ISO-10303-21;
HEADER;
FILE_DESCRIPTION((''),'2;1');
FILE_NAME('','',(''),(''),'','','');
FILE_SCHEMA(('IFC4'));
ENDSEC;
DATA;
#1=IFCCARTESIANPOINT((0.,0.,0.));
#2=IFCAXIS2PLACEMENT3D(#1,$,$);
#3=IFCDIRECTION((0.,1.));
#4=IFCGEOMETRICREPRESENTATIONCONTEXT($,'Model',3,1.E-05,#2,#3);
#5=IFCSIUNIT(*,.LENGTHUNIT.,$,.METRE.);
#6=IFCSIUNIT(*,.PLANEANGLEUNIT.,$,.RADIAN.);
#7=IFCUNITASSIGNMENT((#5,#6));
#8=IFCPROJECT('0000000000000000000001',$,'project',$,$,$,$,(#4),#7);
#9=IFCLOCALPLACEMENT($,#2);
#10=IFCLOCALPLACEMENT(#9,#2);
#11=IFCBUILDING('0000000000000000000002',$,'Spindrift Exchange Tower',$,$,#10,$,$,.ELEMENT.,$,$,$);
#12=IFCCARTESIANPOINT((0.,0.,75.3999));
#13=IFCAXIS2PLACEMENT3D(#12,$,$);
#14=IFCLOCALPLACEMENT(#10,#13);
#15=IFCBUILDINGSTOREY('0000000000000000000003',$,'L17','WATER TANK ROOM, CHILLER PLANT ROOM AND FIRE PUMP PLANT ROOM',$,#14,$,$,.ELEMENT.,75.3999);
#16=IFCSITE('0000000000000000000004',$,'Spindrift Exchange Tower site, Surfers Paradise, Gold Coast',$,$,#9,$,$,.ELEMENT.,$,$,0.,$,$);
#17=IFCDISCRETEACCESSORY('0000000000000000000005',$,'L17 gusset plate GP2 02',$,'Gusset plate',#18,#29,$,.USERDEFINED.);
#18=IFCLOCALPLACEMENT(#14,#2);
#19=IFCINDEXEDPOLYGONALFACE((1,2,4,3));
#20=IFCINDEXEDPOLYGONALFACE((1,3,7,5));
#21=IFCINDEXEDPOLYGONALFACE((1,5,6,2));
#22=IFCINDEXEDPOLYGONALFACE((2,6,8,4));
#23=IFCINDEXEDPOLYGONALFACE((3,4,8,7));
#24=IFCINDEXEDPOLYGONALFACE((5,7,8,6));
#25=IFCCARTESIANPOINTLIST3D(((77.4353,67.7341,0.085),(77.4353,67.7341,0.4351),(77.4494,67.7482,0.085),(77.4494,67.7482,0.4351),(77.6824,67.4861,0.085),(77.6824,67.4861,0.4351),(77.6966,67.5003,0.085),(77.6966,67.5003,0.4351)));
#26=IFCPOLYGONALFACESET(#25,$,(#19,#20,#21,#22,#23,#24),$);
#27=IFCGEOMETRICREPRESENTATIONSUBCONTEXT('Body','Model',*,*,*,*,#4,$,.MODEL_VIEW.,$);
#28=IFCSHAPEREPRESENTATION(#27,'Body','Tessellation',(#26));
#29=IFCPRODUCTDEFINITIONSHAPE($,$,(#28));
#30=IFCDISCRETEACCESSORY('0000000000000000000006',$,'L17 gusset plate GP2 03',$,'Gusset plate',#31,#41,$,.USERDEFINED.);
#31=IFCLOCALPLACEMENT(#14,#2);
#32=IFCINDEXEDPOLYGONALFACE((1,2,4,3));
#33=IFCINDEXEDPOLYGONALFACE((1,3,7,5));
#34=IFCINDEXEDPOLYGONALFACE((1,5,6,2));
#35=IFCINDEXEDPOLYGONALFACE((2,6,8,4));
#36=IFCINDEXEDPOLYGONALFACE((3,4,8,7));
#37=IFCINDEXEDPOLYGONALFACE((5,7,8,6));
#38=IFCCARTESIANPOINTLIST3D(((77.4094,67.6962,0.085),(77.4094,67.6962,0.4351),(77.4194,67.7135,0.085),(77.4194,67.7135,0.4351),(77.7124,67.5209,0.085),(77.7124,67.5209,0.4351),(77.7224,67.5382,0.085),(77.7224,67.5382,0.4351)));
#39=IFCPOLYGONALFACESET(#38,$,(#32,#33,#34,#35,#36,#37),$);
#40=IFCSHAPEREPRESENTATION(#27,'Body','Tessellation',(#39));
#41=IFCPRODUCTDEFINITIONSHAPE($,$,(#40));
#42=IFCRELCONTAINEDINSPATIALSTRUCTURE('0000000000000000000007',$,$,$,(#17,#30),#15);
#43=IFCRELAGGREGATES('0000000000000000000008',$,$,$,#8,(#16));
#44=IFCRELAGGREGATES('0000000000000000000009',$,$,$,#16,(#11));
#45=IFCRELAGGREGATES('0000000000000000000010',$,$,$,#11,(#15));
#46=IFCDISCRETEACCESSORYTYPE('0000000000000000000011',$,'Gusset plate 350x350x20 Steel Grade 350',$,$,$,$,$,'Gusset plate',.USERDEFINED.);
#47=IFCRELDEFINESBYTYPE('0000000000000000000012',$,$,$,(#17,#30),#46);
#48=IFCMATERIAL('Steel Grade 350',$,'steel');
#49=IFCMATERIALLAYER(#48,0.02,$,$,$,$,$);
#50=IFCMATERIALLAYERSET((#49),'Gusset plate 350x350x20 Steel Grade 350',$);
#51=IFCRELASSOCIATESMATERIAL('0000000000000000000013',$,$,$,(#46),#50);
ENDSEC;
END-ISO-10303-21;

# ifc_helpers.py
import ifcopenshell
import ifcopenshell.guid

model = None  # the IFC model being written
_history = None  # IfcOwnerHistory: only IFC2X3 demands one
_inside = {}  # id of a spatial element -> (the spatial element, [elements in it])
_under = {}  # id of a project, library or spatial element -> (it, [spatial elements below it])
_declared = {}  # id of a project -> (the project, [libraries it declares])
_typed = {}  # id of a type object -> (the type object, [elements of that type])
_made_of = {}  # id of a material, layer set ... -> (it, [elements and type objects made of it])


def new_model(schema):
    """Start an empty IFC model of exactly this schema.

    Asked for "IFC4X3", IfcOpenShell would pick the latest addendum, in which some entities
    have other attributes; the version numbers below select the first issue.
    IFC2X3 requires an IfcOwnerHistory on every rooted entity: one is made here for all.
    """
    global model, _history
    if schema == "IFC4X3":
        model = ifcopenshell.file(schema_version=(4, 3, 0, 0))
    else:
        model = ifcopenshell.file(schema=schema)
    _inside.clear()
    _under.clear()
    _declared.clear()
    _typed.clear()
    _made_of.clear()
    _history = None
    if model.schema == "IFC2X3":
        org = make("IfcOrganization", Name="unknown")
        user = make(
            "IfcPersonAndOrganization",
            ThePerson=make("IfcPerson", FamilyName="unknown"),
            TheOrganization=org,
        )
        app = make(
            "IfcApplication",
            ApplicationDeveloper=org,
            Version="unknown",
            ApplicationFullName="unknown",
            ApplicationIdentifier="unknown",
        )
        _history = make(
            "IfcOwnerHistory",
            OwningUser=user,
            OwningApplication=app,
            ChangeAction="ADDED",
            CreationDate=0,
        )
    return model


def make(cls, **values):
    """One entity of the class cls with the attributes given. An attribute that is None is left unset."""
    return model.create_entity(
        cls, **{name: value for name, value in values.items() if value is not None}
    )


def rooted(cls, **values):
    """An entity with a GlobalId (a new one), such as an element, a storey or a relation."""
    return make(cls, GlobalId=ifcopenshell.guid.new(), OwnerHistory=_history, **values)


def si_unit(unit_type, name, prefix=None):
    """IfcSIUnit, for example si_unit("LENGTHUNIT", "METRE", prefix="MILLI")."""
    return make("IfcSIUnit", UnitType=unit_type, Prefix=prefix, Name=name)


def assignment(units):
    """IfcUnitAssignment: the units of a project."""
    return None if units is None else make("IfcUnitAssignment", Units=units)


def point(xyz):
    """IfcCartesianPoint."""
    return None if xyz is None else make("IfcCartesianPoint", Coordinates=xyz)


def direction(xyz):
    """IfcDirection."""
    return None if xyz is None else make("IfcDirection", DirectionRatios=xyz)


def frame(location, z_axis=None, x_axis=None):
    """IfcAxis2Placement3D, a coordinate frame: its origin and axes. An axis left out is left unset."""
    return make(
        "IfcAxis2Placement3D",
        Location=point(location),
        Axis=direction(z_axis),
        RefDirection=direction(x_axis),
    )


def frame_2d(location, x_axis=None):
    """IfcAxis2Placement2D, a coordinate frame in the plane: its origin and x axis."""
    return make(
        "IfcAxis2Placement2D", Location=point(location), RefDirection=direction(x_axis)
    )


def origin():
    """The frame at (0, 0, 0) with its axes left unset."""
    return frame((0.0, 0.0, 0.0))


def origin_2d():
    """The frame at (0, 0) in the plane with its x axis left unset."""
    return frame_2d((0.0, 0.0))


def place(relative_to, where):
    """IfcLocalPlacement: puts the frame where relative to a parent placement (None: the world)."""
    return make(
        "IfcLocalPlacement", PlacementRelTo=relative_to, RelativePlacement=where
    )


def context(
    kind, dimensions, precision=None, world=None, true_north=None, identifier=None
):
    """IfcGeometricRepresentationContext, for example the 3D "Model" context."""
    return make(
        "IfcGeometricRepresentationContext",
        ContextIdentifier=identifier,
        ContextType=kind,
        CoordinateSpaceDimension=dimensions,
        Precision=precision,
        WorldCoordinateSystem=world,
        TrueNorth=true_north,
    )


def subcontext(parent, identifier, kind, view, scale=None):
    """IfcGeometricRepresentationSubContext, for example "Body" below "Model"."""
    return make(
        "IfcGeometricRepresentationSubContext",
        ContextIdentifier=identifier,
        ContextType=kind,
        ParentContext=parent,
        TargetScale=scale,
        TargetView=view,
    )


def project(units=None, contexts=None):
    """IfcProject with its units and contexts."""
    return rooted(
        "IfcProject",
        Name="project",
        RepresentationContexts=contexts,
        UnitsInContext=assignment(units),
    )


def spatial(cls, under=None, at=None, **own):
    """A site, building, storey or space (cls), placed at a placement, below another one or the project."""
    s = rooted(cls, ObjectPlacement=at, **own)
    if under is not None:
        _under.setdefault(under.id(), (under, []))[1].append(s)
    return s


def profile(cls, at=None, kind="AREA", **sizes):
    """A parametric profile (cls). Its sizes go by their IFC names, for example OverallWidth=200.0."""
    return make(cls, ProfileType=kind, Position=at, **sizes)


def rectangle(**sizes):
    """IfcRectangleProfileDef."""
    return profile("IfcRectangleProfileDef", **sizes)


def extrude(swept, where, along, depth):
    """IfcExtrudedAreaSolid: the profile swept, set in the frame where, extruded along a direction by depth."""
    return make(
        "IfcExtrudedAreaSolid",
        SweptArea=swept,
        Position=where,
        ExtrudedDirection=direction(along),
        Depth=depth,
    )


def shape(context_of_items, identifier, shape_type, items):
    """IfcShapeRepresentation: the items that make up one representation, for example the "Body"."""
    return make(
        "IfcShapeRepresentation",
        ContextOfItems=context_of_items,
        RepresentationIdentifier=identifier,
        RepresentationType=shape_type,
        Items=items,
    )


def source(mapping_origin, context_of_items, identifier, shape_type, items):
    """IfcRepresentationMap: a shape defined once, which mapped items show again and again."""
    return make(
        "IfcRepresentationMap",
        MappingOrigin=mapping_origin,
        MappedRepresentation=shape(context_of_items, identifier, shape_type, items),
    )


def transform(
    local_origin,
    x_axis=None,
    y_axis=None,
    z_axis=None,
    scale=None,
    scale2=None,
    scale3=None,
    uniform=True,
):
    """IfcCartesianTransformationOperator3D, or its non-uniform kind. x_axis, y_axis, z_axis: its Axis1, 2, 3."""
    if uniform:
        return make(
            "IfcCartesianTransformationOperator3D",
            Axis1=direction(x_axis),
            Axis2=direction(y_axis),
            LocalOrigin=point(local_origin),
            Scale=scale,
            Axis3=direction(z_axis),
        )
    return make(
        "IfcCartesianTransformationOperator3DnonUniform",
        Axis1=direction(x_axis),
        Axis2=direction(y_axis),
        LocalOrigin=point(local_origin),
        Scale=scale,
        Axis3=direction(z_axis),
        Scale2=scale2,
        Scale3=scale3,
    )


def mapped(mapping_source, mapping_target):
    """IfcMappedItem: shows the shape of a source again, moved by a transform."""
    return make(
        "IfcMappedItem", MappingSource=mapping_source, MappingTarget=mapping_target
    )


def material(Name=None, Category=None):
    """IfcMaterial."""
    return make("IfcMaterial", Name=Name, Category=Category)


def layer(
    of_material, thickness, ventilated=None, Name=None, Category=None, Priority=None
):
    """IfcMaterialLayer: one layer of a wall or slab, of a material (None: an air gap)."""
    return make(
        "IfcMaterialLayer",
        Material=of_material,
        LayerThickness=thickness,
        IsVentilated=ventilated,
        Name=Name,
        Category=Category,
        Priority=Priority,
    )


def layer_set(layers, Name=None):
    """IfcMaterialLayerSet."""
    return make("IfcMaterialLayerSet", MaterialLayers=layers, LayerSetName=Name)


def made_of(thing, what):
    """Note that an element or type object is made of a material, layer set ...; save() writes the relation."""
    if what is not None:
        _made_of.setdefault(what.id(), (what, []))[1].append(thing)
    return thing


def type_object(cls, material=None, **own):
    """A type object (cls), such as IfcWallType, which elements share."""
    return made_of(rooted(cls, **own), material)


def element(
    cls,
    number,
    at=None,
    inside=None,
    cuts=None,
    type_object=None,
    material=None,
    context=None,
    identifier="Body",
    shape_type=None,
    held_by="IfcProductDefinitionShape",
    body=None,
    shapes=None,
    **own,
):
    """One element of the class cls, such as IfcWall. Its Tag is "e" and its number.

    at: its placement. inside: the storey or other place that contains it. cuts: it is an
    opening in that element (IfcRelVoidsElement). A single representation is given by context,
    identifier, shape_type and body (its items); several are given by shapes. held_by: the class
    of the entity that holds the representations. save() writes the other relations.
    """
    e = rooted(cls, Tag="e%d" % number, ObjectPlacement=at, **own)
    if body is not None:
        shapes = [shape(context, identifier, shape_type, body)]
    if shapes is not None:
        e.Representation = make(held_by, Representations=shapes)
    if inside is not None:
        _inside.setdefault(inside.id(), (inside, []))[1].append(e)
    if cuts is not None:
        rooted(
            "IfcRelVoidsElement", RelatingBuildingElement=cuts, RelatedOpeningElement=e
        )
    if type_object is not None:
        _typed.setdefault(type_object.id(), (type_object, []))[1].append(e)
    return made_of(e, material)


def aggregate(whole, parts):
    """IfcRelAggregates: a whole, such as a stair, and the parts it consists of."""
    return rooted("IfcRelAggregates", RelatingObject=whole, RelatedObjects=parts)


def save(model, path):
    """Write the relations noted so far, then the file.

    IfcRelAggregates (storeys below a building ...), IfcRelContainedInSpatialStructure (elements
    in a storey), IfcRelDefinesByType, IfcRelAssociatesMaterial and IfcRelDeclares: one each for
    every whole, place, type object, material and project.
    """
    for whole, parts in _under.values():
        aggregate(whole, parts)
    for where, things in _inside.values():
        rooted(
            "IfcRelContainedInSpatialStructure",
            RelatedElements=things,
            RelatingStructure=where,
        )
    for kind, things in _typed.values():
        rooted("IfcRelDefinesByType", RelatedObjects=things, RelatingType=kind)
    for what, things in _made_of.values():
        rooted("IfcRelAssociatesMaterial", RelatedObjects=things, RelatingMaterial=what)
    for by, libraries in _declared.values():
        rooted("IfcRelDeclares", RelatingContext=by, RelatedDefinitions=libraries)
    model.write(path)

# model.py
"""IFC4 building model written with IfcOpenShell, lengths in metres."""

from ifc_helpers import new_model, si_unit, direction, frame, origin, origin_2d, place, context, subcontext, project, spatial, rectangle, extrude, source, transform, mapped, material, layer, layer_set, type_object, element, save


model = new_model("IFC4")

# Units and contexts
model_context = context("Model", 3, precision=1e-05, world=origin(), true_north=direction((0.0, 1.0)))
body_context = subcontext(model_context, "Body", "Model", "MODEL_VIEW")
ifc_project = project(units=[si_unit("LENGTHUNIT", "METRE"), si_unit("PLANEANGLEUNIT", "RADIAN")], contexts=[model_context])

# Site, building, storey
site_placement = place(None, origin())
site = spatial("IfcSite", under=ifc_project, at=site_placement, Name="Spindrift Exchange Tower site, Surfers Paradise, Gold Coast", CompositionType="ELEMENT", RefElevation=0.0)
building_placement = place(site_placement, origin())
building = spatial("IfcBuilding", under=site, at=building_placement, Name="Spindrift Exchange Tower", CompositionType="ELEMENT")
storey_placement = place(building_placement, frame((0.0, 0.0, 75.3999)))
storey = spatial("IfcBuildingStorey", under=building, at=storey_placement, Name="L17", Description="WATER TANK ROOM, CHILLER PLANT ROOM AND FIRE PUMP PLANT ROOM", CompositionType="ELEMENT", Elevation=75.3999)

# Shared definitions
ifc_material_1 = material(Name="Steel Grade 350", Category="steel")

# Discrete accessories
ifc_layer_1 = layer(ifc_material_1, 0.02)
ifc_layer_set_1 = layer_set([ifc_layer_1], Name="Gusset plate 350x350x20 Steel Grade 350")
discrete_accessory_type_1 = type_object("IfcDiscreteAccessoryType", Name="Gusset plate 350x350x20 Steel Grade 350", ElementType="Gusset plate", PredefinedType="USERDEFINED", material=ifc_layer_set_1)
shared_shape_1 = source(origin(), body_context, "Body", "SweptSolid", [
    extrude(rectangle(XDim=0.3501, YDim=0.02, at=origin_2d()), origin(), (0.0, 0.0, 1.0), 0.3501),
])
for number, where, z_axis, x_axis, name in (
    (1, (77.5659, 67.6172, 0.085), (0.0, 0.0, 1.0), (-0.705964, 0.708247, 0.0), "L17 gusset plate GP2 02"),
    (2, (77.5659, 67.6172, 0.085), (0.0, 0.0, 1.0), (-0.865555, 0.500814, 0.0), "L17 gusset plate GP2 03"),
):
    element("IfcDiscreteAccessory", number, at=place(storey_placement, frame(where, z_axis=z_axis, x_axis=x_axis)), inside=storey, type_object=discrete_accessory_type_1, Name=name, ObjectType="Gusset plate", PredefinedType="USERDEFINED", context=body_context, shape_type="MappedRepresentation", body=[
        mapped(shared_shape_1, transform((0.0, 0.0, 0.0), scale=1.0)),
    ])

save(model, "model.ifc")
